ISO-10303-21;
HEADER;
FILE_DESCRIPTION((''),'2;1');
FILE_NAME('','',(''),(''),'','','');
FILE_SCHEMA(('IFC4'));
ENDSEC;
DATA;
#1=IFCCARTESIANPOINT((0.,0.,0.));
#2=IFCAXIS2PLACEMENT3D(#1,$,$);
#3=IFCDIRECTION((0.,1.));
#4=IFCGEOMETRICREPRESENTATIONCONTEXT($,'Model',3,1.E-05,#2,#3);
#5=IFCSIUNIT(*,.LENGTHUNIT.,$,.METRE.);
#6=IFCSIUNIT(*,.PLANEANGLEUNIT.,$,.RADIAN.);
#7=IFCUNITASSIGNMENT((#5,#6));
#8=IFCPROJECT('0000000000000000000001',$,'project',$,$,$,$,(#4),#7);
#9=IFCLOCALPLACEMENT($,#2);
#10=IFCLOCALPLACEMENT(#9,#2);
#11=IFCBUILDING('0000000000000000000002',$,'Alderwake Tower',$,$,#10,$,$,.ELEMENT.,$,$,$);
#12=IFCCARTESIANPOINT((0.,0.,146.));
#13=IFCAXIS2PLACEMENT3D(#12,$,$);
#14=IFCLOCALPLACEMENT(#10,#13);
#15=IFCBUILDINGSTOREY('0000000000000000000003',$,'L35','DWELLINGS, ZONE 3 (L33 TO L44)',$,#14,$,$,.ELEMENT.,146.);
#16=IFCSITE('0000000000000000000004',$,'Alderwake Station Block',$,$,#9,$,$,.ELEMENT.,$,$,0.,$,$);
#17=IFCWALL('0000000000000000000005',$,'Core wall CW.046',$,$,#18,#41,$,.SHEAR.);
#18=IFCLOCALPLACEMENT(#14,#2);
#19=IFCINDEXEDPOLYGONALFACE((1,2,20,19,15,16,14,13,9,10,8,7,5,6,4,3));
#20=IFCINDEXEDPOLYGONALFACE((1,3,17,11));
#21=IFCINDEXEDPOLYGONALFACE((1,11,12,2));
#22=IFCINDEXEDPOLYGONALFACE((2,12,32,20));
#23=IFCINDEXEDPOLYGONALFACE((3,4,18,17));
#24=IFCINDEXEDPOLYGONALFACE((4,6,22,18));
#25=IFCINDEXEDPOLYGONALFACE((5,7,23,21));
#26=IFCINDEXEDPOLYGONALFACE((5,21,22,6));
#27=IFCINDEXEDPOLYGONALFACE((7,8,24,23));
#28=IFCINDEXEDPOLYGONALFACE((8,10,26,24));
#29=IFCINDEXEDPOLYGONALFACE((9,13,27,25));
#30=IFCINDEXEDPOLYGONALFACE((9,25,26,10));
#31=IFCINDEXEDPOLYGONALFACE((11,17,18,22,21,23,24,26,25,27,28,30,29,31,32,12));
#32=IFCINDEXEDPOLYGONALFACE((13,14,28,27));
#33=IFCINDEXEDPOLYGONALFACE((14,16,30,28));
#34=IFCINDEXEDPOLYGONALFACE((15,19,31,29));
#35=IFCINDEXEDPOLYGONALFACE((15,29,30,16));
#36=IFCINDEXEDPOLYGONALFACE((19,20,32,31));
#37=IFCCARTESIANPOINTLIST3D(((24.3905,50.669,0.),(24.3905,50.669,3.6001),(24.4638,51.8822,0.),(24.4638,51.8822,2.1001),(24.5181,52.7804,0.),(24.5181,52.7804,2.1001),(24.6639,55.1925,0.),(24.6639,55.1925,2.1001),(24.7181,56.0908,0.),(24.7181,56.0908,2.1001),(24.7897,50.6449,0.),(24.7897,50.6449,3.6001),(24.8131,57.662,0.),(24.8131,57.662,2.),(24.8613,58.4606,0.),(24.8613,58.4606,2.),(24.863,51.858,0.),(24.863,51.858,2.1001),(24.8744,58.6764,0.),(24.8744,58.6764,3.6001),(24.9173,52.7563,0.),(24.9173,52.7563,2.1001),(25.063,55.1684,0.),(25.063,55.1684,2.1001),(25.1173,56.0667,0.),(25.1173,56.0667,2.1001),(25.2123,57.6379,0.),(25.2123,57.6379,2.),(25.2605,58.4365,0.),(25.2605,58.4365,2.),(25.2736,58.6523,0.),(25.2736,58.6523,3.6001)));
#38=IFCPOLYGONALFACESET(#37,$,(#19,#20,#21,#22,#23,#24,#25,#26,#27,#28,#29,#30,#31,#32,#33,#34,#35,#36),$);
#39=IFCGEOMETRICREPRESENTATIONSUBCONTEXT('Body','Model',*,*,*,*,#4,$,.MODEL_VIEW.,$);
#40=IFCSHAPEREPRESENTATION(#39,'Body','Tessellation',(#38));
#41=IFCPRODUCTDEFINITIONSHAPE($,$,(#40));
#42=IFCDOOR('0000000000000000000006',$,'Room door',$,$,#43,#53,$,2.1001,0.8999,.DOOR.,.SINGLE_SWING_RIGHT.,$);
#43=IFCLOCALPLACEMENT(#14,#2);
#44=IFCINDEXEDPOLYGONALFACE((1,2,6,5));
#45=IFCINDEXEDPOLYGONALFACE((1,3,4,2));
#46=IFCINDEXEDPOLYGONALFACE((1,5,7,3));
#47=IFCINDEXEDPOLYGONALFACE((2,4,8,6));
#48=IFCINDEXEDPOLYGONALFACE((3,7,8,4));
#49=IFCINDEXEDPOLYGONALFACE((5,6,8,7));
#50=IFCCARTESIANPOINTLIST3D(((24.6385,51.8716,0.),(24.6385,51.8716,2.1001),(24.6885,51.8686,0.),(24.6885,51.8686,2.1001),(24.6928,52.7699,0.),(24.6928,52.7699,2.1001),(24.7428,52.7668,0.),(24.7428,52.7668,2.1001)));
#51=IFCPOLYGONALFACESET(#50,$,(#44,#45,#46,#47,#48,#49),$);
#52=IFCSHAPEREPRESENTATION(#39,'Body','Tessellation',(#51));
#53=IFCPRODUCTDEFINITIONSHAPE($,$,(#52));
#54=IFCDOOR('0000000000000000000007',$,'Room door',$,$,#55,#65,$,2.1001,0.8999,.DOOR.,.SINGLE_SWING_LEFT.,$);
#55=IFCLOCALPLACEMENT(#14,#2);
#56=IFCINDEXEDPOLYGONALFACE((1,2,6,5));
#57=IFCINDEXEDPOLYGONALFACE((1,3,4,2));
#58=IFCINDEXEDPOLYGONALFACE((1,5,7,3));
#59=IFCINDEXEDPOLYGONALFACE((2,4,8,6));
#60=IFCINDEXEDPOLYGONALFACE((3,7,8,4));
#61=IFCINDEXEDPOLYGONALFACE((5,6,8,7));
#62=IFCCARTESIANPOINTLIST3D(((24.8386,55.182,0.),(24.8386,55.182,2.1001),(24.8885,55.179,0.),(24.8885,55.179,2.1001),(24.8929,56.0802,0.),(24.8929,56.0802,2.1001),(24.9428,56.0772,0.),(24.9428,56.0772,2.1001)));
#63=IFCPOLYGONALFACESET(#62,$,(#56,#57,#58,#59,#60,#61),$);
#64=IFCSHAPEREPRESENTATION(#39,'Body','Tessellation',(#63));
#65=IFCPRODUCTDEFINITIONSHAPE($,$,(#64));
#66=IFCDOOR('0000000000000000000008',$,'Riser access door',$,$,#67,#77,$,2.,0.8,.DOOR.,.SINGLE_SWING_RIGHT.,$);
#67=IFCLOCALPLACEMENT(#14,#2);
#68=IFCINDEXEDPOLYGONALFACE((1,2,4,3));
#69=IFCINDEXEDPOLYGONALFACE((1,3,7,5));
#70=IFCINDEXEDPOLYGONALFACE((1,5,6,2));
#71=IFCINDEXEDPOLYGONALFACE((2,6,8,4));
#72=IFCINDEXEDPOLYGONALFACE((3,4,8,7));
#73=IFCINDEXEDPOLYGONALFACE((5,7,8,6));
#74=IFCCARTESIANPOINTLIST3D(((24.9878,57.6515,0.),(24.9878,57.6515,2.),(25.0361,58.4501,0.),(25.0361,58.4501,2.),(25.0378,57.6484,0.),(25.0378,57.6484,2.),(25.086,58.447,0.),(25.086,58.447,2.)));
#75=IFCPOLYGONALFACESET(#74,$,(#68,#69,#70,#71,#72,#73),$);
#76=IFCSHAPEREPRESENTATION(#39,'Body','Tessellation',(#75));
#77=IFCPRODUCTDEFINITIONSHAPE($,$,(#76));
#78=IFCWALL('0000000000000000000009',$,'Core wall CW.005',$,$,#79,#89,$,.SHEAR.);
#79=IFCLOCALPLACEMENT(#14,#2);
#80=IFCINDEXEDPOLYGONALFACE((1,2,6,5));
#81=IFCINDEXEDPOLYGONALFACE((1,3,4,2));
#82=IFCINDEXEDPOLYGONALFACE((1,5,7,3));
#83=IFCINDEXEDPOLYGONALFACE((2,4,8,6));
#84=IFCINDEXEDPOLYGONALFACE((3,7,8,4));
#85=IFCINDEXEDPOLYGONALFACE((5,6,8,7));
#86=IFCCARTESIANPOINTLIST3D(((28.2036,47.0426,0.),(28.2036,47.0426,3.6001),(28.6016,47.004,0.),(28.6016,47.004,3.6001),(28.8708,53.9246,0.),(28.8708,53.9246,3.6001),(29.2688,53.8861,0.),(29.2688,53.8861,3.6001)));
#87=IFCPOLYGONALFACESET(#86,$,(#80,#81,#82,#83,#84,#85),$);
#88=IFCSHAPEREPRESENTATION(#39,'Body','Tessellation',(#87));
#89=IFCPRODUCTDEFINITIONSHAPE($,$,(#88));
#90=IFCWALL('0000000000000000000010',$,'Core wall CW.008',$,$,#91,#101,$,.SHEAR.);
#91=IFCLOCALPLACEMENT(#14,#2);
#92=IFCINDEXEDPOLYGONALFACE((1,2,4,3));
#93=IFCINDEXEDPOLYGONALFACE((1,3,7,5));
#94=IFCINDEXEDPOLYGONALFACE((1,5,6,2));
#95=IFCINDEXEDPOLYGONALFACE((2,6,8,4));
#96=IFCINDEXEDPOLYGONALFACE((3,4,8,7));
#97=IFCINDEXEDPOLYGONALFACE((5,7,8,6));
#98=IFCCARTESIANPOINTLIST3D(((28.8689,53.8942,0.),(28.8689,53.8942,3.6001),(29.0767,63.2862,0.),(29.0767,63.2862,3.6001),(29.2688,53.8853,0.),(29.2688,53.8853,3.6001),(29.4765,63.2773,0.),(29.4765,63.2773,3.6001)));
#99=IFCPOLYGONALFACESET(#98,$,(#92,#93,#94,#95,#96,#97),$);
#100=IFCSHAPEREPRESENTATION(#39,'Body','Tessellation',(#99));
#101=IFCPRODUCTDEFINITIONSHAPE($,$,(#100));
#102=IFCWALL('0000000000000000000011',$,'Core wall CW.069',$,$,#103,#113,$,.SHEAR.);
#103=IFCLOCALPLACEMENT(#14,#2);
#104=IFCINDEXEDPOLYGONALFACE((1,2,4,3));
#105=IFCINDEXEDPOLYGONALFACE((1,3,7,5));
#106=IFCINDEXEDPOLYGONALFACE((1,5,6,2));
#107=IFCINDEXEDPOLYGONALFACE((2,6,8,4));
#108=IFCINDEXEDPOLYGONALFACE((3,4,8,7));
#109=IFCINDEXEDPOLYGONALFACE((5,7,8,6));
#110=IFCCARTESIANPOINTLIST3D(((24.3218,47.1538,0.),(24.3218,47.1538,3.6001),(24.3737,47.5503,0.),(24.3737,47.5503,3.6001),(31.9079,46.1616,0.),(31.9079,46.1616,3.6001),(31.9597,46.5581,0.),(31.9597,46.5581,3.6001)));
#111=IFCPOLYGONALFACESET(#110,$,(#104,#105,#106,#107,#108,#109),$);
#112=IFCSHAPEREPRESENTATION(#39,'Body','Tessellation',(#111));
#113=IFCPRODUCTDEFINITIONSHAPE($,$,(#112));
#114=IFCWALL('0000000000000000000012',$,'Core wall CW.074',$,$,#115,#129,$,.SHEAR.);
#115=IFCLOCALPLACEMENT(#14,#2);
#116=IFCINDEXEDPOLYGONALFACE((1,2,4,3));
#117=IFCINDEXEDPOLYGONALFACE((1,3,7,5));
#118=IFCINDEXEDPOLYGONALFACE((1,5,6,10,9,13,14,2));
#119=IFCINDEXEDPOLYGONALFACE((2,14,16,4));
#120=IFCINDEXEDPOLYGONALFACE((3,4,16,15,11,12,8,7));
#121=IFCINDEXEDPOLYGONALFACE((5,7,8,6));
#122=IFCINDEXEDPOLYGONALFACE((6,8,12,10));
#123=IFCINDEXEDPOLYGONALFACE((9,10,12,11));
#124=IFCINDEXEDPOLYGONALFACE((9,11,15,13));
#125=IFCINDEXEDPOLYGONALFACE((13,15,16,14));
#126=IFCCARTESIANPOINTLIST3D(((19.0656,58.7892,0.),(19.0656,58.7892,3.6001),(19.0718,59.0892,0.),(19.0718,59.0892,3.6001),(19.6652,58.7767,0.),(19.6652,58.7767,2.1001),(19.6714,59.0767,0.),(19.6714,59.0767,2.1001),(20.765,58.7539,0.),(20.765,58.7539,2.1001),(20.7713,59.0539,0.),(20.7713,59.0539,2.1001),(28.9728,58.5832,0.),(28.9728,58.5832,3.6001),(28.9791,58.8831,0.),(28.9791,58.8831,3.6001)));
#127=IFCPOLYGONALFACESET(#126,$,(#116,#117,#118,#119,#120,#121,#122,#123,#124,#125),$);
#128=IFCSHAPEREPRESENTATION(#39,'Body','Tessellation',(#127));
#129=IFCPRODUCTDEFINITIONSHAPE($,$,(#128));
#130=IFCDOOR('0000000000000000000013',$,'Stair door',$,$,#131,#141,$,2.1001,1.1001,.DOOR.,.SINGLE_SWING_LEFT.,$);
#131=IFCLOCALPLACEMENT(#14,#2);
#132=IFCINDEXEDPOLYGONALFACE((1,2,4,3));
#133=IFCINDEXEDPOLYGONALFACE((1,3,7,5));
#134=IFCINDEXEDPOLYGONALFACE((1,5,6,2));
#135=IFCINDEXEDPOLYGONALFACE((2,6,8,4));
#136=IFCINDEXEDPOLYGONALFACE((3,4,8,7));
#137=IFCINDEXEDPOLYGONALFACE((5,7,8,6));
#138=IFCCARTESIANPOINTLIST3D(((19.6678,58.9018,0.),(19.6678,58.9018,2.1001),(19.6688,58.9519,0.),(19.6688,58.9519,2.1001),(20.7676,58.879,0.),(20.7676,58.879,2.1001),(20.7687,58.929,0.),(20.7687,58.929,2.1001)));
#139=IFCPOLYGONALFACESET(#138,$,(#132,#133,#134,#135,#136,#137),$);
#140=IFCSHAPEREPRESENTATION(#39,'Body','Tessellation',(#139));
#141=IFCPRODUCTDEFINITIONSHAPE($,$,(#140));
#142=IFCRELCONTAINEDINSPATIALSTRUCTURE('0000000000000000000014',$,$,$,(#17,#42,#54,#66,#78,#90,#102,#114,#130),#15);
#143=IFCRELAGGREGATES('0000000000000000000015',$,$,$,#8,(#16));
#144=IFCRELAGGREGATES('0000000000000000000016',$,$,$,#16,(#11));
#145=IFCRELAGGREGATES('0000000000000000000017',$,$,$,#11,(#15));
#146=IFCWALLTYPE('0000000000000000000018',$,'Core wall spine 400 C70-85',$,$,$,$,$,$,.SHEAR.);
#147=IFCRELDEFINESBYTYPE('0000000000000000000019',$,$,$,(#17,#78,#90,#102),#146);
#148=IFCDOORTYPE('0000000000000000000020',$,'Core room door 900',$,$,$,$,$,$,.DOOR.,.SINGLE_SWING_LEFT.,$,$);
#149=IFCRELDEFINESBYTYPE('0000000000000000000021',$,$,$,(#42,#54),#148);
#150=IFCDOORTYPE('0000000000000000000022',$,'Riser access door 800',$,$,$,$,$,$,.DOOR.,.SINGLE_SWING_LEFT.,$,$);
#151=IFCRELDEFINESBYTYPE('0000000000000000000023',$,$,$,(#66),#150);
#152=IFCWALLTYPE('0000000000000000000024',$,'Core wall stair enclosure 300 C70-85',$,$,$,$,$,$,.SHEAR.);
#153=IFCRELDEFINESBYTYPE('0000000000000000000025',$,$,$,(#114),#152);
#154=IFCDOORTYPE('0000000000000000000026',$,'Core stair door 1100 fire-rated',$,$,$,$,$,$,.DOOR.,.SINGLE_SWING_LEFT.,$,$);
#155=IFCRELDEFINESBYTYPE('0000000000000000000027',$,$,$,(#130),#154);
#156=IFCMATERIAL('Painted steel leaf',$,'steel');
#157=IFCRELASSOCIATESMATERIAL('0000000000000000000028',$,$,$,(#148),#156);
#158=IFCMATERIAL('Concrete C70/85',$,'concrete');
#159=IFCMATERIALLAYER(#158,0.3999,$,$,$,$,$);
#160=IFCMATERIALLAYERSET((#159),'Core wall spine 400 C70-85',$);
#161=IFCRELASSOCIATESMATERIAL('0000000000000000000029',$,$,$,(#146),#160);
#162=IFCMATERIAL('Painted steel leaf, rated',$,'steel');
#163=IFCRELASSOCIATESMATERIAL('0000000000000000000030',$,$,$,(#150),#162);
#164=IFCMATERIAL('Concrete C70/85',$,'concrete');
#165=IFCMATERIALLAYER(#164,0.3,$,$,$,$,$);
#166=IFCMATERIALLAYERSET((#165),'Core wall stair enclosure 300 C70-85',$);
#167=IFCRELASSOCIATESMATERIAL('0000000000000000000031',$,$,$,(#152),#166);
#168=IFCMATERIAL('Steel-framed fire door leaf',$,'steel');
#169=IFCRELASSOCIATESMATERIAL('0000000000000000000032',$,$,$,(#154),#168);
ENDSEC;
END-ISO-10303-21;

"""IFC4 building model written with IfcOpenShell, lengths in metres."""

from ifc_helpers import new_model, si_unit, direction, frame, frame_2d, origin, place, context, subcontext, project, spatial, rectangle, extrude, material, layer, layer_set, type_object, element, fill, save


model = new_model("IFC4")

# Units and contexts
model_context = context("Model", 3, precision=1e-05, world=origin(), true_north=direction((0.0, 1.0)))
body_context = subcontext(model_context, "Body", "Model", "MODEL_VIEW")
ifc_project = project(units=[si_unit("LENGTHUNIT", "METRE"), si_unit("PLANEANGLEUNIT", "RADIAN")], contexts=[model_context])

# Site, building, storey
site_placement = place(None, origin())
site = spatial("IfcSite", under=ifc_project, at=site_placement, Name="Alderwake Station Block", CompositionType="ELEMENT", RefElevation=0.0)
building_placement = place(site_placement, origin())
building = spatial("IfcBuilding", under=site, at=building_placement, Name="Alderwake Tower", CompositionType="ELEMENT")
storey_placement = place(building_placement, frame((0.0, 0.0, 146.0)))
storey = spatial("IfcBuildingStorey", under=building, at=storey_placement, Name="L35", Description="DWELLINGS, ZONE 3 (L33 TO L44)", CompositionType="ELEMENT", Elevation=146.0)

# Shared definitions
ifc_material_1 = material(Name="Painted steel leaf", Category="steel")
door_type_1 = type_object("IfcDoorType", Name="Core room door 900", OperationType="SINGLE_SWING_LEFT", PredefinedType="DOOR", material=ifc_material_1)

# Wall, openings, doors
ifc_material_2 = material(Name="Concrete C70/85", Category="concrete")
ifc_layer_1 = layer(ifc_material_2, 0.3999)
ifc_layer_set_1 = layer_set([ifc_layer_1], Name="Core wall spine 400 C70-85")
wall_type_1 = type_object("IfcWallType", Name="Core wall spine 400 C70-85", PredefinedType="SHEAR", material=ifc_layer_set_1)
wall_1_placement = place(storey_placement, frame((24.5901, 50.657, 0.0), z_axis=(0.0, 0.0, 1.0), x_axis=(0.06032, 0.998179, 0.0)))
wall_1 = element("IfcWall", 1, at=wall_1_placement, inside=storey, type_object=wall_type_1, Name="Core wall CW.046", PredefinedType="SHEAR", context=body_context, shape_type="SweptSolid", body=[
    extrude(rectangle(XDim=8.022, YDim=0.3999, at=frame_2d((4.011, 0.0))), origin(), (0.0, 0.0, 1.0), 3.6001),
])
opening_1_placement = place(wall_1_placement, frame((7.0059, 0.0, 0.0)))
opening_1 = element("IfcOpeningElement", 2, at=opening_1_placement, cuts=wall_1, PredefinedType="OPENING", context=body_context, shape_type="SweptSolid", body=[
    extrude(rectangle(XDim=0.8, YDim=2.0, at=frame_2d((0.3999, 1.0))), frame((0.0, 0.21, 0.0), z_axis=(0.0, -1.0, 0.0), x_axis=(1.0, 0.0, 0.0)), (0.0, 0.0, 1.0), 0.4199),
])
opening_2_placement = place(wall_1_placement, frame((1.2153, 0.0, 0.0)))
opening_2 = element("IfcOpeningElement", 3, at=opening_2_placement, cuts=wall_1, PredefinedType="OPENING", context=body_context, shape_type="SweptSolid", body=[
    extrude(rectangle(XDim=0.8999, YDim=2.1001, at=frame_2d((0.45, 1.05))), frame((0.0, 0.21, 0.0), z_axis=(0.0, -1.0, 0.0), x_axis=(1.0, 0.0, 0.0)), (0.0, 0.0, 1.0), 0.4199),
])
opening_3_placement = place(wall_1_placement, frame((4.5317, 0.0, 0.0)))
opening_3 = element("IfcOpeningElement", 4, at=opening_3_placement, cuts=wall_1, PredefinedType="OPENING", context=body_context, shape_type="SweptSolid", body=[
    extrude(rectangle(XDim=0.8999, YDim=2.1001, at=frame_2d((0.45, 1.05))), frame((0.0, 0.21, 0.0), z_axis=(0.0, -1.0, 0.0), x_axis=(1.0, 0.0, 0.0)), (0.0, 0.0, 1.0), 0.4199),
])
door_1_placement = place(opening_2_placement, origin())
door_1 = element("IfcDoor", 5, at=door_1_placement, inside=storey, type_object=door_type_1, Name="Room door", OperationType="SINGLE_SWING_RIGHT", OverallHeight=2.1001, OverallWidth=0.8999, PredefinedType="DOOR", context=body_context, shape_type="SweptSolid", body=[
    extrude(rectangle(XDim=0.8999, YDim=2.1001, at=frame_2d((0.45, 1.05))), frame((0.0, 0.0249, 0.0), z_axis=(0.0, -1.0, 0.0), x_axis=(1.0, 0.0, 0.0)), (0.0, 0.0, 1.0), 0.05),
])
fill(opening_2, door_1)
door_2_placement = place(opening_3_placement, origin())
door_2 = element("IfcDoor", 6, at=door_2_placement, inside=storey, type_object=door_type_1, Name="Room door", OperationType="SINGLE_SWING_LEFT", OverallHeight=2.1001, OverallWidth=0.8999, PredefinedType="DOOR", context=body_context, shape_type="SweptSolid", body=[
    extrude(rectangle(XDim=0.8999, YDim=2.1001, at=frame_2d((0.45, 1.05))), frame((0.0, 0.0249, 0.0), z_axis=(0.0, -1.0, 0.0), x_axis=(1.0, 0.0, 0.0)), (0.0, 0.0, 1.0), 0.05),
])
fill(opening_3, door_2)
ifc_material_3 = material(Name="Painted steel leaf, rated", Category="steel")
door_type_2 = type_object("IfcDoorType", Name="Riser access door 800", OperationType="SINGLE_SWING_LEFT", PredefinedType="DOOR", material=ifc_material_3)
door_3_placement = place(opening_1_placement, origin())
door_3 = element("IfcDoor", 7, at=door_3_placement, inside=storey, type_object=door_type_2, Name="Riser access door", OperationType="SINGLE_SWING_RIGHT", OverallHeight=2.0, OverallWidth=0.8, PredefinedType="DOOR", context=body_context, shape_type="SweptSolid", body=[
    extrude(rectangle(XDim=0.8, YDim=2.0, at=frame_2d((0.3999, 1.0))), frame((0.0, 0.0249, 0.0), z_axis=(0.0, -1.0, 0.0), x_axis=(1.0, 0.0, 0.0)), (0.0, 0.0, 1.0), 0.05),
])
fill(opening_1, door_3)

# Walls
wall_2_placement = place(storey_placement, frame((28.4026, 47.0234, 0.0), z_axis=(0.0, 0.0, 1.0), x_axis=(0.0965, 0.995333, 0.0)))
element("IfcWall", 8, at=wall_2_placement, inside=storey, type_object=wall_type_1, Name="Core wall CW.005", PredefinedType="SHEAR", context=body_context, shape_type="SweptSolid", body=[
    extrude(rectangle(XDim=6.9143, YDim=0.3999, at=frame_2d((3.457, 0.0))), origin(), (0.0, 0.0, 1.0), 3.6001),
])
wall_3_placement = place(storey_placement, frame((29.0688, 53.8896, 0.0), z_axis=(0.0, 0.0, 1.0), x_axis=(0.022116, 0.999755, 0.0)))
element("IfcWall", 9, at=wall_3_placement, inside=storey, type_object=wall_type_1, Name="Core wall CW.008", PredefinedType="SHEAR", context=body_context, shape_type="SweptSolid", body=[
    extrude(rectangle(XDim=9.3943, YDim=0.3999, at=frame_2d((4.6973, 0.0))), origin(), (0.0, 0.0, 1.0), 3.6001),
])
wall_4_placement = place(storey_placement, frame((24.3479, 47.3521, 0.0), z_axis=(0.0, 0.0, 1.0), x_axis=(0.991555, -0.129688, 0.0)))
element("IfcWall", 10, at=wall_4_placement, inside=storey, type_object=wall_type_1, Name="Core wall CW.069", PredefinedType="SHEAR", context=body_context, shape_type="SweptSolid", body=[
    extrude(rectangle(XDim=7.6506, YDim=0.3999, at=frame_2d((3.8252, 0.0))), origin(), (0.0, 0.0, 1.0), 3.6001),
])

# Wall, opening, door
ifc_material_4 = material(Name="Concrete C70/85", Category="concrete")
ifc_layer_2 = layer(ifc_material_4, 0.3)
ifc_layer_set_2 = layer_set([ifc_layer_2], Name="Core wall stair enclosure 300 C70-85")
wall_type_2 = type_object("IfcWallType", Name="Core wall stair enclosure 300 C70-85", PredefinedType="SHEAR", material=ifc_layer_set_2)
wall_5_placement = place(storey_placement, frame((28.9758, 58.7332, 0.0), z_axis=(0.0, 0.0, 1.0), x_axis=(-0.999784, 0.020794, 0.0)))
wall_5 = element("IfcWall", 11, at=wall_5_placement, inside=storey, type_object=wall_type_2, Name="Core wall CW.074", PredefinedType="SHEAR", context=body_context, shape_type="SweptSolid", body=[
    extrude(rectangle(XDim=9.9094, YDim=0.3, at=frame_2d((4.9546, 0.0))), origin(), (0.0, 0.0, 1.0), 3.6001),
])
opening_4_placement = place(wall_5_placement, frame((8.2095, 0.0, 0.0)))
opening_4 = element("IfcOpeningElement", 12, at=opening_4_placement, cuts=wall_5, PredefinedType="OPENING", context=body_context, shape_type="SweptSolid", body=[
    extrude(rectangle(XDim=1.1001, YDim=2.1001, at=frame_2d((0.55, 1.05))), frame((0.0, 0.1599, 0.0), z_axis=(0.0, -1.0, 0.0), x_axis=(1.0, 0.0, 0.0)), (0.0, 0.0, 1.0), 0.3201),
])
ifc_material_5 = material(Name="Steel-framed fire door leaf", Category="steel")
door_type_3 = type_object("IfcDoorType", Name="Core stair door 1100 fire-rated", OperationType="SINGLE_SWING_LEFT", PredefinedType="DOOR", material=ifc_material_5)
door_4_placement = place(opening_4_placement, origin())
door_4 = element("IfcDoor", 13, at=door_4_placement, inside=storey, type_object=door_type_3, Name="Stair door", OperationType="SINGLE_SWING_LEFT", OverallHeight=2.1001, OverallWidth=1.1001, PredefinedType="DOOR", context=body_context, shape_type="SweptSolid", body=[
    extrude(rectangle(XDim=1.1001, YDim=2.1001, at=frame_2d((0.55, 1.05))), frame((0.0, 0.0249, 0.0), z_axis=(0.0, -1.0, 0.0), x_axis=(1.0, 0.0, 0.0)), (0.0, 0.0, 1.0), 0.05),
])
fill(opening_4, door_4)

save(model, "model.ifc")
